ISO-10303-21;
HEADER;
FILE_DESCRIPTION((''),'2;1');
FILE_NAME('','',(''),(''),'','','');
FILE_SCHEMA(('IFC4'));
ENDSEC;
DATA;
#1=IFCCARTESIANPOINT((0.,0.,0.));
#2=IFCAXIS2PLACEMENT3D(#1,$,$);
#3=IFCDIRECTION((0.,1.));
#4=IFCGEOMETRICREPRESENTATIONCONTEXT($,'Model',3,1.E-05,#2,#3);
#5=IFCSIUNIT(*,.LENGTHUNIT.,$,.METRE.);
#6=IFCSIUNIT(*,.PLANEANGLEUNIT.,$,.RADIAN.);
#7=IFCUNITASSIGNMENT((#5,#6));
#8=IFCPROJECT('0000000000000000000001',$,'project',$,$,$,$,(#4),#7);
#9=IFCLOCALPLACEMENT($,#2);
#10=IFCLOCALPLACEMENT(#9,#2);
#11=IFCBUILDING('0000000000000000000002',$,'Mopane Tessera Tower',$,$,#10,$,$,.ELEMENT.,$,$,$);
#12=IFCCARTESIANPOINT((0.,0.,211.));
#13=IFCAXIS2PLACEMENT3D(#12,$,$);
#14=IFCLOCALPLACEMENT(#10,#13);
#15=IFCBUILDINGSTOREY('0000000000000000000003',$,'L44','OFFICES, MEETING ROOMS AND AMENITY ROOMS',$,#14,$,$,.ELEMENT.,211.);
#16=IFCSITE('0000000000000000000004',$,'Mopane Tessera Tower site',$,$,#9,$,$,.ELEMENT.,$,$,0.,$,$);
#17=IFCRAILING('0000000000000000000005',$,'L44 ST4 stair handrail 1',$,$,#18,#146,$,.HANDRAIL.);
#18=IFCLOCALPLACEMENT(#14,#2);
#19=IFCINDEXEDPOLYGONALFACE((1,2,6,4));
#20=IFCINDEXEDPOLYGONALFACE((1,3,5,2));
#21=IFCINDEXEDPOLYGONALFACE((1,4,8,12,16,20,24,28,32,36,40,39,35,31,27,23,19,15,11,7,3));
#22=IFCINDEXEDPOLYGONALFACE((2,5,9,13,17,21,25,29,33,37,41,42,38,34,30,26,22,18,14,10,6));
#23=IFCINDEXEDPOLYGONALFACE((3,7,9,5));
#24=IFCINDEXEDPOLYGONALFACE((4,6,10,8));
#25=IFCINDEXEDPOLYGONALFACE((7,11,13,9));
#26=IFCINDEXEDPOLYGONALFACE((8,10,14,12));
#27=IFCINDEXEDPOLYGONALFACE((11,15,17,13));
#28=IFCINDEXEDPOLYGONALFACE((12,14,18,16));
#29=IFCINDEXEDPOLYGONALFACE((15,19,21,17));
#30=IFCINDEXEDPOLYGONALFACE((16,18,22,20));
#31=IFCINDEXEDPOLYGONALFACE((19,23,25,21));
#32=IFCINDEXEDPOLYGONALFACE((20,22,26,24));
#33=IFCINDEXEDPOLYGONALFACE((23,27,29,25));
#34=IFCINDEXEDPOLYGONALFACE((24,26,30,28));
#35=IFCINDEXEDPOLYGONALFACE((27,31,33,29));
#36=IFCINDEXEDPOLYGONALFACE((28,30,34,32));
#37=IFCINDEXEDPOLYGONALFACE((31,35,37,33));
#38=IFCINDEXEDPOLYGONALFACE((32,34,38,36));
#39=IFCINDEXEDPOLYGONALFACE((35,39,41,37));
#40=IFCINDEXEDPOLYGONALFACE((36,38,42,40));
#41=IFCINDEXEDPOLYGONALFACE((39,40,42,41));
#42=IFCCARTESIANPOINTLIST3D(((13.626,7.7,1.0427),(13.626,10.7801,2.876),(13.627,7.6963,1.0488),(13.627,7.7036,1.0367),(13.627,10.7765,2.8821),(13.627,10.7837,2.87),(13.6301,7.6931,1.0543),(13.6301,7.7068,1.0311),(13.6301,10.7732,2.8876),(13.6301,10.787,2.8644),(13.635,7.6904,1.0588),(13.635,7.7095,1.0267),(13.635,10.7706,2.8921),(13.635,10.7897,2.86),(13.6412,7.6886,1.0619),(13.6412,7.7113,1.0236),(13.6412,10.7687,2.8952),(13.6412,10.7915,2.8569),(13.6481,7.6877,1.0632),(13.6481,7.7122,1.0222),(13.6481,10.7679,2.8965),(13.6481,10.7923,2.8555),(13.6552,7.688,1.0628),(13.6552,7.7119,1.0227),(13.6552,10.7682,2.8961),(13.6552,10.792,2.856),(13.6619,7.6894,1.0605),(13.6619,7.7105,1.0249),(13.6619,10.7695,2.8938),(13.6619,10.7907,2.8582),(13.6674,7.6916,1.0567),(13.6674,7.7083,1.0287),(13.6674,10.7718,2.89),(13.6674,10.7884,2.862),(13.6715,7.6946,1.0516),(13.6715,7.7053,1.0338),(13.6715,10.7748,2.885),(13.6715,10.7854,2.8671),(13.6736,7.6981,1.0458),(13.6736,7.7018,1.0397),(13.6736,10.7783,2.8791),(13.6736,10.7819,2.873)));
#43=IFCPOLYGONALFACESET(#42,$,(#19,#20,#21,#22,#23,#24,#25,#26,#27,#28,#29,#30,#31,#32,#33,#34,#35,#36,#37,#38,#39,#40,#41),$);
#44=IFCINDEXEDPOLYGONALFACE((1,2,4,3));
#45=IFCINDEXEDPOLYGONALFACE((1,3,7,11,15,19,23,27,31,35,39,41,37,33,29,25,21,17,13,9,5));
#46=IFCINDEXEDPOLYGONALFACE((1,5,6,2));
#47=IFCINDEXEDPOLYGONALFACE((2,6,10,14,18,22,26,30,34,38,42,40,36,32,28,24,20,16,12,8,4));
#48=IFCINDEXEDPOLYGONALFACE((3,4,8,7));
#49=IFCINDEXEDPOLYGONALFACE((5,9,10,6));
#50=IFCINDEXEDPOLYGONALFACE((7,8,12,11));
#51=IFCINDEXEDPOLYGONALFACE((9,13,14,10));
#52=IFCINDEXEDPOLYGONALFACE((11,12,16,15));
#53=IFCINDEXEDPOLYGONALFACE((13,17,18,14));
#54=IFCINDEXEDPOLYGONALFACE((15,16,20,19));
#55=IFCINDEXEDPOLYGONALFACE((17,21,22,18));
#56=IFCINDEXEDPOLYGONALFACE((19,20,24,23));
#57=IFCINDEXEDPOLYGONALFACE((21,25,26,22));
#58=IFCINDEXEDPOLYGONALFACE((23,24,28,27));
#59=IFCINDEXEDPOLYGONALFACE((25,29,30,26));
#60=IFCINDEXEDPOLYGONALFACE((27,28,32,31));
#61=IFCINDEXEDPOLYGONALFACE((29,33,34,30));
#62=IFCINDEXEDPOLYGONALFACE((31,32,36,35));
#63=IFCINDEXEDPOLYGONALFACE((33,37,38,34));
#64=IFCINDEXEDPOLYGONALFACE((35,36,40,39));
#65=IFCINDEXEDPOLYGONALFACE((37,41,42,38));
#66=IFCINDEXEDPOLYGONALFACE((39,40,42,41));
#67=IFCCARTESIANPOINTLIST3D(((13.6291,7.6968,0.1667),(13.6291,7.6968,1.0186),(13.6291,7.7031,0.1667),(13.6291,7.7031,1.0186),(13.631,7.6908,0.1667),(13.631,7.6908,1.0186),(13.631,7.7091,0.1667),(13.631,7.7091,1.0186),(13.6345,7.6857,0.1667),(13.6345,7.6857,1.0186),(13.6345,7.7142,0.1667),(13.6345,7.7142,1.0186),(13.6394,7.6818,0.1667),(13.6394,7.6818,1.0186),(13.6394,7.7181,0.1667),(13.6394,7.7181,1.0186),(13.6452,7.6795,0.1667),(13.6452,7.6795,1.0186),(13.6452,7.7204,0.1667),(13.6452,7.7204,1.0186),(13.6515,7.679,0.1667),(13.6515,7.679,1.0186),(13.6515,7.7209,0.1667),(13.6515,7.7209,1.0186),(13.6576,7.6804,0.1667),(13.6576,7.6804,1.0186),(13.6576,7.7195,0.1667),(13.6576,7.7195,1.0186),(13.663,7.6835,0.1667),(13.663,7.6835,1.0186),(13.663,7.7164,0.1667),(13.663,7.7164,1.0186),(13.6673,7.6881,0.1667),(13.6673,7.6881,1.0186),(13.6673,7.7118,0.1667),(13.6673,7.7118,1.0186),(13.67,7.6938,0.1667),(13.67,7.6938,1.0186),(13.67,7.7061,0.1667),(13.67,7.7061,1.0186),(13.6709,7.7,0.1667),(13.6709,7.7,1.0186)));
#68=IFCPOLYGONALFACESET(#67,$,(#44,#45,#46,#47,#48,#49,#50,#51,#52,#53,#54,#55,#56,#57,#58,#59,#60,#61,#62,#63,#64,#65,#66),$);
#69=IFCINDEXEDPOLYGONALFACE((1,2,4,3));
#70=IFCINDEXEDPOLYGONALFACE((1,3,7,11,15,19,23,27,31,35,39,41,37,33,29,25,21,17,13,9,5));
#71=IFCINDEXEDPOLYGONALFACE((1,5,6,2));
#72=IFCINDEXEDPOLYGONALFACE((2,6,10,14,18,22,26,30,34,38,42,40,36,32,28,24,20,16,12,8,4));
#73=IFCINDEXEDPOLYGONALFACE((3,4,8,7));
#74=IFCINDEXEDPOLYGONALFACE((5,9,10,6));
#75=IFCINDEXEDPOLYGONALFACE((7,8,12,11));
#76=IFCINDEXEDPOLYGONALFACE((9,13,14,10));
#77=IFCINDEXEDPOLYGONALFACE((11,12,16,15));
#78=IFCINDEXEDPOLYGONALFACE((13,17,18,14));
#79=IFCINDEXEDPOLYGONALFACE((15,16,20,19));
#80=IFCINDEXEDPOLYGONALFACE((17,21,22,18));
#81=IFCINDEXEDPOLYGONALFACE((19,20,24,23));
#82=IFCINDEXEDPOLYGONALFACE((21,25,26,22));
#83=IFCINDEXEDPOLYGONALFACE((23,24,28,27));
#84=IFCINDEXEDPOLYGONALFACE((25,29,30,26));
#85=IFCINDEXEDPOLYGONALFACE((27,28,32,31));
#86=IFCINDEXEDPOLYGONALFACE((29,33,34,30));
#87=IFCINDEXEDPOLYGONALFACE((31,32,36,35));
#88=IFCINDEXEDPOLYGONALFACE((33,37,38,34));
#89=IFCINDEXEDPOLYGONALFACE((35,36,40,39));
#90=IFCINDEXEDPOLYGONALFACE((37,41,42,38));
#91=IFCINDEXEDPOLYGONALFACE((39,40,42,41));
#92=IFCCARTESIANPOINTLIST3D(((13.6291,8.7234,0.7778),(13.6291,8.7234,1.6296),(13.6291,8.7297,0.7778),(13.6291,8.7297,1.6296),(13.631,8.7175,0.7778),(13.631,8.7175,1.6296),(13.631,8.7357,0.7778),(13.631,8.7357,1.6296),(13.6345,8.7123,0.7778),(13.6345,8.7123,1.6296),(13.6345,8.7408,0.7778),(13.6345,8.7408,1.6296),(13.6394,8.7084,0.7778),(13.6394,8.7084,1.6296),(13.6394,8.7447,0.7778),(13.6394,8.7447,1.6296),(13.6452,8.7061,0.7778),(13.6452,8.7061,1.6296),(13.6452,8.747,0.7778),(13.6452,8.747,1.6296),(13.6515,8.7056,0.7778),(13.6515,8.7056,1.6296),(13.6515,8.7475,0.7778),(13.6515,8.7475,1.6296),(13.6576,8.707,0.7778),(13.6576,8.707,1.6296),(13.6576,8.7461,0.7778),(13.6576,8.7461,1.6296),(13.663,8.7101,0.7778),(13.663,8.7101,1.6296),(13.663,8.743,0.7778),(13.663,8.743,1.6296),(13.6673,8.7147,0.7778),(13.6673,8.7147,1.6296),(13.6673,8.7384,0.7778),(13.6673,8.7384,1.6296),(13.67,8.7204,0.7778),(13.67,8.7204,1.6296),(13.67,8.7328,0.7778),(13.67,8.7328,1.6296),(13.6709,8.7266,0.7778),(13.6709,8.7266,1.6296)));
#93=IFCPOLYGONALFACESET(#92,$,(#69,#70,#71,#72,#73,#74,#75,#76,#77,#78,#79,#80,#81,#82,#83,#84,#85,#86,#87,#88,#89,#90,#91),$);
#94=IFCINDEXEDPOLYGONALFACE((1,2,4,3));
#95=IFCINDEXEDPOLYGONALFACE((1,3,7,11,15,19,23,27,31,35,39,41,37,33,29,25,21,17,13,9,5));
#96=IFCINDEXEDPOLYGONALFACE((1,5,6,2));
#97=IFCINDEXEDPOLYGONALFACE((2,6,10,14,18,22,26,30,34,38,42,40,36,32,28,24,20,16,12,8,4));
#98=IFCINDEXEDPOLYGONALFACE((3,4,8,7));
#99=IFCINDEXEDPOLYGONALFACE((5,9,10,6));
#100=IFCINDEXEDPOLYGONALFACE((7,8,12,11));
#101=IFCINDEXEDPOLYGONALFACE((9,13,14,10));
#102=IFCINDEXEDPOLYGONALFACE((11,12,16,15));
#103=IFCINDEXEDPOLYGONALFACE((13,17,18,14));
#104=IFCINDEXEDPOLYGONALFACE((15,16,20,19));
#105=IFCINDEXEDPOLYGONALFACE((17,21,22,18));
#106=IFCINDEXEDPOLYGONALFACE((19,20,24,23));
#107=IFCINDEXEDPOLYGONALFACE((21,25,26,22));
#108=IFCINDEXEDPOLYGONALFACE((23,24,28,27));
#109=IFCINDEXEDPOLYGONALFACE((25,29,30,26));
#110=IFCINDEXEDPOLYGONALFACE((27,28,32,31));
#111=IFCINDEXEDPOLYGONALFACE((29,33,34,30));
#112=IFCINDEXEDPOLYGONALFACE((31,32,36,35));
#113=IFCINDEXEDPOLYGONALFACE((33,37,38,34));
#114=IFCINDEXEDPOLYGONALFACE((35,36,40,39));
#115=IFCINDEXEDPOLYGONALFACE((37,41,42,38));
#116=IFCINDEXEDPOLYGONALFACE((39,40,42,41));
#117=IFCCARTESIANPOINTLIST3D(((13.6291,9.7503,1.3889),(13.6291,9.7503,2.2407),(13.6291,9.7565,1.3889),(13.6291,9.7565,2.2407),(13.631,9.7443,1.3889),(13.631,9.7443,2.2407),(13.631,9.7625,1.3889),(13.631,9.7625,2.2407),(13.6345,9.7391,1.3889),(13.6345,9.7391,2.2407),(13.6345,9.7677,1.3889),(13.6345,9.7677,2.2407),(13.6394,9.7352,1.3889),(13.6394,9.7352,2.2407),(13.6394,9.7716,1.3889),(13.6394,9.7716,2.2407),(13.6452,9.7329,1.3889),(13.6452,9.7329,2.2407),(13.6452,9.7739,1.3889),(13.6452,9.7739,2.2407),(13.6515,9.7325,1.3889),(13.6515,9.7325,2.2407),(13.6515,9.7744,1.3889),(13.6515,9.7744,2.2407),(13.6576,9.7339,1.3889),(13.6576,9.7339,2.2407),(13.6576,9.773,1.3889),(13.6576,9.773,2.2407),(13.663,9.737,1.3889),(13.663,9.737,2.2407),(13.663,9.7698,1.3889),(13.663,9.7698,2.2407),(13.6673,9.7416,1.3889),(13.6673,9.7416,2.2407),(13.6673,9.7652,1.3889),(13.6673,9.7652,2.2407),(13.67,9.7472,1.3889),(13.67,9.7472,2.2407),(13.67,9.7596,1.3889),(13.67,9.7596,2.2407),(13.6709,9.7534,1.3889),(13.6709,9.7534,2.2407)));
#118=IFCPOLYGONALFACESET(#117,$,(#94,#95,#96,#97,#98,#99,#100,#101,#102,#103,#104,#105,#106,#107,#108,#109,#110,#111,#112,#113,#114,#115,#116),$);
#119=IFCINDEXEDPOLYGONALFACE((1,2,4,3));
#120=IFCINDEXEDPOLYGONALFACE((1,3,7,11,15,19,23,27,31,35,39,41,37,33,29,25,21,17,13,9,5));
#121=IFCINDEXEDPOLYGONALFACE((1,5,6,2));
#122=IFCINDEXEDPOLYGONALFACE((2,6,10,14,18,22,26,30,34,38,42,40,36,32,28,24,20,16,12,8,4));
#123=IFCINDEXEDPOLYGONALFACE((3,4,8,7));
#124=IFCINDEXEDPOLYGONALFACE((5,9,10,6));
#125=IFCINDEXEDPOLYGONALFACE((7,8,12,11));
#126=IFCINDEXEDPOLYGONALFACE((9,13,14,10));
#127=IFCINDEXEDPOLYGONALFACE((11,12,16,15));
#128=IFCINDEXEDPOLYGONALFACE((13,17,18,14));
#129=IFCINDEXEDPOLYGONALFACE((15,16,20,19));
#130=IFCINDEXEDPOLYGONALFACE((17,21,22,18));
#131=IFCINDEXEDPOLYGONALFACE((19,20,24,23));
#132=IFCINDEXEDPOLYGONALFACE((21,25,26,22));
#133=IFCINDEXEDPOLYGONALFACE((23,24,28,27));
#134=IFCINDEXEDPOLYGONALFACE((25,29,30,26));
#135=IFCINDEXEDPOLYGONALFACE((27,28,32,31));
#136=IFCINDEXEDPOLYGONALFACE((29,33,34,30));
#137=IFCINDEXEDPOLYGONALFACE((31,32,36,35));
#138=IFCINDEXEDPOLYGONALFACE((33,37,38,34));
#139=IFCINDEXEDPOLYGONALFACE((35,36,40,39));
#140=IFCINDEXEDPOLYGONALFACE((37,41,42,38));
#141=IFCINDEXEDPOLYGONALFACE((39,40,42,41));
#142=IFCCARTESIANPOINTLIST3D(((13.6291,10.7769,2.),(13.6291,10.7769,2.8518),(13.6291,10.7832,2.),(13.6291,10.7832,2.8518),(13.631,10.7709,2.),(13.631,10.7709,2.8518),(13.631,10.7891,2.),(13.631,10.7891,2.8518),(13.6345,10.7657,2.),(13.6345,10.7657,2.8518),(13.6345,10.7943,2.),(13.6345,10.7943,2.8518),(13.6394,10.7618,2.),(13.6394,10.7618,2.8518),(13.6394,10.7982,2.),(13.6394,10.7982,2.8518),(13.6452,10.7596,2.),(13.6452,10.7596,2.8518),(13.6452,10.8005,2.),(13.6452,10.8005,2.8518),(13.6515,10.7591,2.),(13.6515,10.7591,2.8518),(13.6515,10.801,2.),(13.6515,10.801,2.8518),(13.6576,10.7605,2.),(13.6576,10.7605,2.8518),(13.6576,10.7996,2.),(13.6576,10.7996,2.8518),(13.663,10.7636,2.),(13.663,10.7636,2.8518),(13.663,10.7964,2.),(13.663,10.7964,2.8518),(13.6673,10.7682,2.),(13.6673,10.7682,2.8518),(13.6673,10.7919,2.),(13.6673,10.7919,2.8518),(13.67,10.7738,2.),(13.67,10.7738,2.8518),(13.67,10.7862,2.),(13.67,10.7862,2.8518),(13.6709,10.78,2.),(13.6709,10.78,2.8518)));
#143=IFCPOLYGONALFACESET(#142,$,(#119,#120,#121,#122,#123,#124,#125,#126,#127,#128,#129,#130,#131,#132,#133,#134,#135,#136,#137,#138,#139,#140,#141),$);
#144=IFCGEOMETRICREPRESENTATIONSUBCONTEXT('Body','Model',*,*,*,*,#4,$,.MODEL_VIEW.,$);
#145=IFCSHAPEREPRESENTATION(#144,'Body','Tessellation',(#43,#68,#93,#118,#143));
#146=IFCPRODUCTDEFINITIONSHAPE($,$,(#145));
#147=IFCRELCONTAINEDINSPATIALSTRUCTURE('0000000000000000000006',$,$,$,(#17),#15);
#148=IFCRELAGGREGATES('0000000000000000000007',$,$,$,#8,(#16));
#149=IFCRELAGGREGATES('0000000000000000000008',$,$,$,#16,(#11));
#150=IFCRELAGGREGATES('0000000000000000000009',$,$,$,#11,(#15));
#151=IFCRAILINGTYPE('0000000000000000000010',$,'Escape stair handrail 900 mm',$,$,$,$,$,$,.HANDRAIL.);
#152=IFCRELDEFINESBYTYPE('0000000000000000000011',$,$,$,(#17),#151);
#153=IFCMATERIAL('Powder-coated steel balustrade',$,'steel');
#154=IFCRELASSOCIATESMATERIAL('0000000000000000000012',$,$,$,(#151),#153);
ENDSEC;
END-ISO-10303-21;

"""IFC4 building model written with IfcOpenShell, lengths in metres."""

from ifc_helpers import new_model, si_unit, direction, frame, origin, origin_2d, place, context, subcontext, project, spatial, circle, extrude, material, type_object, element, save


model = new_model("IFC4")

# Units and contexts
model_context = context("Model", 3, precision=1e-05, world=origin(), true_north=direction((0.0, 1.0)))
body_context = subcontext(model_context, "Body", "Model", "MODEL_VIEW")
ifc_project = project(units=[si_unit("LENGTHUNIT", "METRE"), si_unit("PLANEANGLEUNIT", "RADIAN")], contexts=[model_context])

# Site, building, storey
site_placement = place(None, origin())
site = spatial("IfcSite", under=ifc_project, at=site_placement, Name="Mopane Tessera Tower site", CompositionType="ELEMENT", RefElevation=0.0)
building_placement = place(site_placement, origin())
building = spatial("IfcBuilding", under=site, at=building_placement, Name="Mopane Tessera Tower", CompositionType="ELEMENT")
storey_placement = place(building_placement, frame((0.0, 0.0, 211.0)))
storey = spatial("IfcBuildingStorey", under=building, at=storey_placement, Name="L44", Description="OFFICES, MEETING ROOMS AND AMENITY ROOMS", CompositionType="ELEMENT", Elevation=211.0)

# Railing
ifc_material_1 = material(Name="Powder-coated steel balustrade", Category="steel")
railing_type_1 = type_object("IfcRailingType", Name="Escape stair handrail 900 mm", PredefinedType="HANDRAIL", material=ifc_material_1)
railing_1_placement = place(storey_placement, frame((13.6499, 7.7, 0.1667)))
element("IfcRailing", 1, at=railing_1_placement, inside=storey, type_object=railing_type_1, Name="L44 ST4 stair handrail 1", PredefinedType="HANDRAIL", context=body_context, shape_type="SweptSolid", body=[
    extrude(circle(Radius=0.0239, at=origin_2d()), frame((0.0, 0.0, 0.876), z_axis=(0.0, 0.859309, 0.511458), x_axis=(-1.0, 0.0, 0.0)), (0.0, 0.0, 1.0), 3.5845),
    extrude(circle(Radius=0.021, at=origin_2d()), origin(), (0.0, 0.0, 1.0), 0.8518),
    extrude(circle(Radius=0.021, at=origin_2d()), frame((0.0, 1.0266, 0.6111)), (0.0, 0.0, 1.0), 0.8518),
    extrude(circle(Radius=0.021, at=origin_2d()), frame((0.0, 2.0535, 1.2222)), (0.0, 0.0, 1.0), 0.8518),
    extrude(circle(Radius=0.021, at=origin_2d()), frame((0.0, 3.0801, 1.8333)), (0.0, 0.0, 1.0), 0.8518),
])

save(model, "model.ifc")
